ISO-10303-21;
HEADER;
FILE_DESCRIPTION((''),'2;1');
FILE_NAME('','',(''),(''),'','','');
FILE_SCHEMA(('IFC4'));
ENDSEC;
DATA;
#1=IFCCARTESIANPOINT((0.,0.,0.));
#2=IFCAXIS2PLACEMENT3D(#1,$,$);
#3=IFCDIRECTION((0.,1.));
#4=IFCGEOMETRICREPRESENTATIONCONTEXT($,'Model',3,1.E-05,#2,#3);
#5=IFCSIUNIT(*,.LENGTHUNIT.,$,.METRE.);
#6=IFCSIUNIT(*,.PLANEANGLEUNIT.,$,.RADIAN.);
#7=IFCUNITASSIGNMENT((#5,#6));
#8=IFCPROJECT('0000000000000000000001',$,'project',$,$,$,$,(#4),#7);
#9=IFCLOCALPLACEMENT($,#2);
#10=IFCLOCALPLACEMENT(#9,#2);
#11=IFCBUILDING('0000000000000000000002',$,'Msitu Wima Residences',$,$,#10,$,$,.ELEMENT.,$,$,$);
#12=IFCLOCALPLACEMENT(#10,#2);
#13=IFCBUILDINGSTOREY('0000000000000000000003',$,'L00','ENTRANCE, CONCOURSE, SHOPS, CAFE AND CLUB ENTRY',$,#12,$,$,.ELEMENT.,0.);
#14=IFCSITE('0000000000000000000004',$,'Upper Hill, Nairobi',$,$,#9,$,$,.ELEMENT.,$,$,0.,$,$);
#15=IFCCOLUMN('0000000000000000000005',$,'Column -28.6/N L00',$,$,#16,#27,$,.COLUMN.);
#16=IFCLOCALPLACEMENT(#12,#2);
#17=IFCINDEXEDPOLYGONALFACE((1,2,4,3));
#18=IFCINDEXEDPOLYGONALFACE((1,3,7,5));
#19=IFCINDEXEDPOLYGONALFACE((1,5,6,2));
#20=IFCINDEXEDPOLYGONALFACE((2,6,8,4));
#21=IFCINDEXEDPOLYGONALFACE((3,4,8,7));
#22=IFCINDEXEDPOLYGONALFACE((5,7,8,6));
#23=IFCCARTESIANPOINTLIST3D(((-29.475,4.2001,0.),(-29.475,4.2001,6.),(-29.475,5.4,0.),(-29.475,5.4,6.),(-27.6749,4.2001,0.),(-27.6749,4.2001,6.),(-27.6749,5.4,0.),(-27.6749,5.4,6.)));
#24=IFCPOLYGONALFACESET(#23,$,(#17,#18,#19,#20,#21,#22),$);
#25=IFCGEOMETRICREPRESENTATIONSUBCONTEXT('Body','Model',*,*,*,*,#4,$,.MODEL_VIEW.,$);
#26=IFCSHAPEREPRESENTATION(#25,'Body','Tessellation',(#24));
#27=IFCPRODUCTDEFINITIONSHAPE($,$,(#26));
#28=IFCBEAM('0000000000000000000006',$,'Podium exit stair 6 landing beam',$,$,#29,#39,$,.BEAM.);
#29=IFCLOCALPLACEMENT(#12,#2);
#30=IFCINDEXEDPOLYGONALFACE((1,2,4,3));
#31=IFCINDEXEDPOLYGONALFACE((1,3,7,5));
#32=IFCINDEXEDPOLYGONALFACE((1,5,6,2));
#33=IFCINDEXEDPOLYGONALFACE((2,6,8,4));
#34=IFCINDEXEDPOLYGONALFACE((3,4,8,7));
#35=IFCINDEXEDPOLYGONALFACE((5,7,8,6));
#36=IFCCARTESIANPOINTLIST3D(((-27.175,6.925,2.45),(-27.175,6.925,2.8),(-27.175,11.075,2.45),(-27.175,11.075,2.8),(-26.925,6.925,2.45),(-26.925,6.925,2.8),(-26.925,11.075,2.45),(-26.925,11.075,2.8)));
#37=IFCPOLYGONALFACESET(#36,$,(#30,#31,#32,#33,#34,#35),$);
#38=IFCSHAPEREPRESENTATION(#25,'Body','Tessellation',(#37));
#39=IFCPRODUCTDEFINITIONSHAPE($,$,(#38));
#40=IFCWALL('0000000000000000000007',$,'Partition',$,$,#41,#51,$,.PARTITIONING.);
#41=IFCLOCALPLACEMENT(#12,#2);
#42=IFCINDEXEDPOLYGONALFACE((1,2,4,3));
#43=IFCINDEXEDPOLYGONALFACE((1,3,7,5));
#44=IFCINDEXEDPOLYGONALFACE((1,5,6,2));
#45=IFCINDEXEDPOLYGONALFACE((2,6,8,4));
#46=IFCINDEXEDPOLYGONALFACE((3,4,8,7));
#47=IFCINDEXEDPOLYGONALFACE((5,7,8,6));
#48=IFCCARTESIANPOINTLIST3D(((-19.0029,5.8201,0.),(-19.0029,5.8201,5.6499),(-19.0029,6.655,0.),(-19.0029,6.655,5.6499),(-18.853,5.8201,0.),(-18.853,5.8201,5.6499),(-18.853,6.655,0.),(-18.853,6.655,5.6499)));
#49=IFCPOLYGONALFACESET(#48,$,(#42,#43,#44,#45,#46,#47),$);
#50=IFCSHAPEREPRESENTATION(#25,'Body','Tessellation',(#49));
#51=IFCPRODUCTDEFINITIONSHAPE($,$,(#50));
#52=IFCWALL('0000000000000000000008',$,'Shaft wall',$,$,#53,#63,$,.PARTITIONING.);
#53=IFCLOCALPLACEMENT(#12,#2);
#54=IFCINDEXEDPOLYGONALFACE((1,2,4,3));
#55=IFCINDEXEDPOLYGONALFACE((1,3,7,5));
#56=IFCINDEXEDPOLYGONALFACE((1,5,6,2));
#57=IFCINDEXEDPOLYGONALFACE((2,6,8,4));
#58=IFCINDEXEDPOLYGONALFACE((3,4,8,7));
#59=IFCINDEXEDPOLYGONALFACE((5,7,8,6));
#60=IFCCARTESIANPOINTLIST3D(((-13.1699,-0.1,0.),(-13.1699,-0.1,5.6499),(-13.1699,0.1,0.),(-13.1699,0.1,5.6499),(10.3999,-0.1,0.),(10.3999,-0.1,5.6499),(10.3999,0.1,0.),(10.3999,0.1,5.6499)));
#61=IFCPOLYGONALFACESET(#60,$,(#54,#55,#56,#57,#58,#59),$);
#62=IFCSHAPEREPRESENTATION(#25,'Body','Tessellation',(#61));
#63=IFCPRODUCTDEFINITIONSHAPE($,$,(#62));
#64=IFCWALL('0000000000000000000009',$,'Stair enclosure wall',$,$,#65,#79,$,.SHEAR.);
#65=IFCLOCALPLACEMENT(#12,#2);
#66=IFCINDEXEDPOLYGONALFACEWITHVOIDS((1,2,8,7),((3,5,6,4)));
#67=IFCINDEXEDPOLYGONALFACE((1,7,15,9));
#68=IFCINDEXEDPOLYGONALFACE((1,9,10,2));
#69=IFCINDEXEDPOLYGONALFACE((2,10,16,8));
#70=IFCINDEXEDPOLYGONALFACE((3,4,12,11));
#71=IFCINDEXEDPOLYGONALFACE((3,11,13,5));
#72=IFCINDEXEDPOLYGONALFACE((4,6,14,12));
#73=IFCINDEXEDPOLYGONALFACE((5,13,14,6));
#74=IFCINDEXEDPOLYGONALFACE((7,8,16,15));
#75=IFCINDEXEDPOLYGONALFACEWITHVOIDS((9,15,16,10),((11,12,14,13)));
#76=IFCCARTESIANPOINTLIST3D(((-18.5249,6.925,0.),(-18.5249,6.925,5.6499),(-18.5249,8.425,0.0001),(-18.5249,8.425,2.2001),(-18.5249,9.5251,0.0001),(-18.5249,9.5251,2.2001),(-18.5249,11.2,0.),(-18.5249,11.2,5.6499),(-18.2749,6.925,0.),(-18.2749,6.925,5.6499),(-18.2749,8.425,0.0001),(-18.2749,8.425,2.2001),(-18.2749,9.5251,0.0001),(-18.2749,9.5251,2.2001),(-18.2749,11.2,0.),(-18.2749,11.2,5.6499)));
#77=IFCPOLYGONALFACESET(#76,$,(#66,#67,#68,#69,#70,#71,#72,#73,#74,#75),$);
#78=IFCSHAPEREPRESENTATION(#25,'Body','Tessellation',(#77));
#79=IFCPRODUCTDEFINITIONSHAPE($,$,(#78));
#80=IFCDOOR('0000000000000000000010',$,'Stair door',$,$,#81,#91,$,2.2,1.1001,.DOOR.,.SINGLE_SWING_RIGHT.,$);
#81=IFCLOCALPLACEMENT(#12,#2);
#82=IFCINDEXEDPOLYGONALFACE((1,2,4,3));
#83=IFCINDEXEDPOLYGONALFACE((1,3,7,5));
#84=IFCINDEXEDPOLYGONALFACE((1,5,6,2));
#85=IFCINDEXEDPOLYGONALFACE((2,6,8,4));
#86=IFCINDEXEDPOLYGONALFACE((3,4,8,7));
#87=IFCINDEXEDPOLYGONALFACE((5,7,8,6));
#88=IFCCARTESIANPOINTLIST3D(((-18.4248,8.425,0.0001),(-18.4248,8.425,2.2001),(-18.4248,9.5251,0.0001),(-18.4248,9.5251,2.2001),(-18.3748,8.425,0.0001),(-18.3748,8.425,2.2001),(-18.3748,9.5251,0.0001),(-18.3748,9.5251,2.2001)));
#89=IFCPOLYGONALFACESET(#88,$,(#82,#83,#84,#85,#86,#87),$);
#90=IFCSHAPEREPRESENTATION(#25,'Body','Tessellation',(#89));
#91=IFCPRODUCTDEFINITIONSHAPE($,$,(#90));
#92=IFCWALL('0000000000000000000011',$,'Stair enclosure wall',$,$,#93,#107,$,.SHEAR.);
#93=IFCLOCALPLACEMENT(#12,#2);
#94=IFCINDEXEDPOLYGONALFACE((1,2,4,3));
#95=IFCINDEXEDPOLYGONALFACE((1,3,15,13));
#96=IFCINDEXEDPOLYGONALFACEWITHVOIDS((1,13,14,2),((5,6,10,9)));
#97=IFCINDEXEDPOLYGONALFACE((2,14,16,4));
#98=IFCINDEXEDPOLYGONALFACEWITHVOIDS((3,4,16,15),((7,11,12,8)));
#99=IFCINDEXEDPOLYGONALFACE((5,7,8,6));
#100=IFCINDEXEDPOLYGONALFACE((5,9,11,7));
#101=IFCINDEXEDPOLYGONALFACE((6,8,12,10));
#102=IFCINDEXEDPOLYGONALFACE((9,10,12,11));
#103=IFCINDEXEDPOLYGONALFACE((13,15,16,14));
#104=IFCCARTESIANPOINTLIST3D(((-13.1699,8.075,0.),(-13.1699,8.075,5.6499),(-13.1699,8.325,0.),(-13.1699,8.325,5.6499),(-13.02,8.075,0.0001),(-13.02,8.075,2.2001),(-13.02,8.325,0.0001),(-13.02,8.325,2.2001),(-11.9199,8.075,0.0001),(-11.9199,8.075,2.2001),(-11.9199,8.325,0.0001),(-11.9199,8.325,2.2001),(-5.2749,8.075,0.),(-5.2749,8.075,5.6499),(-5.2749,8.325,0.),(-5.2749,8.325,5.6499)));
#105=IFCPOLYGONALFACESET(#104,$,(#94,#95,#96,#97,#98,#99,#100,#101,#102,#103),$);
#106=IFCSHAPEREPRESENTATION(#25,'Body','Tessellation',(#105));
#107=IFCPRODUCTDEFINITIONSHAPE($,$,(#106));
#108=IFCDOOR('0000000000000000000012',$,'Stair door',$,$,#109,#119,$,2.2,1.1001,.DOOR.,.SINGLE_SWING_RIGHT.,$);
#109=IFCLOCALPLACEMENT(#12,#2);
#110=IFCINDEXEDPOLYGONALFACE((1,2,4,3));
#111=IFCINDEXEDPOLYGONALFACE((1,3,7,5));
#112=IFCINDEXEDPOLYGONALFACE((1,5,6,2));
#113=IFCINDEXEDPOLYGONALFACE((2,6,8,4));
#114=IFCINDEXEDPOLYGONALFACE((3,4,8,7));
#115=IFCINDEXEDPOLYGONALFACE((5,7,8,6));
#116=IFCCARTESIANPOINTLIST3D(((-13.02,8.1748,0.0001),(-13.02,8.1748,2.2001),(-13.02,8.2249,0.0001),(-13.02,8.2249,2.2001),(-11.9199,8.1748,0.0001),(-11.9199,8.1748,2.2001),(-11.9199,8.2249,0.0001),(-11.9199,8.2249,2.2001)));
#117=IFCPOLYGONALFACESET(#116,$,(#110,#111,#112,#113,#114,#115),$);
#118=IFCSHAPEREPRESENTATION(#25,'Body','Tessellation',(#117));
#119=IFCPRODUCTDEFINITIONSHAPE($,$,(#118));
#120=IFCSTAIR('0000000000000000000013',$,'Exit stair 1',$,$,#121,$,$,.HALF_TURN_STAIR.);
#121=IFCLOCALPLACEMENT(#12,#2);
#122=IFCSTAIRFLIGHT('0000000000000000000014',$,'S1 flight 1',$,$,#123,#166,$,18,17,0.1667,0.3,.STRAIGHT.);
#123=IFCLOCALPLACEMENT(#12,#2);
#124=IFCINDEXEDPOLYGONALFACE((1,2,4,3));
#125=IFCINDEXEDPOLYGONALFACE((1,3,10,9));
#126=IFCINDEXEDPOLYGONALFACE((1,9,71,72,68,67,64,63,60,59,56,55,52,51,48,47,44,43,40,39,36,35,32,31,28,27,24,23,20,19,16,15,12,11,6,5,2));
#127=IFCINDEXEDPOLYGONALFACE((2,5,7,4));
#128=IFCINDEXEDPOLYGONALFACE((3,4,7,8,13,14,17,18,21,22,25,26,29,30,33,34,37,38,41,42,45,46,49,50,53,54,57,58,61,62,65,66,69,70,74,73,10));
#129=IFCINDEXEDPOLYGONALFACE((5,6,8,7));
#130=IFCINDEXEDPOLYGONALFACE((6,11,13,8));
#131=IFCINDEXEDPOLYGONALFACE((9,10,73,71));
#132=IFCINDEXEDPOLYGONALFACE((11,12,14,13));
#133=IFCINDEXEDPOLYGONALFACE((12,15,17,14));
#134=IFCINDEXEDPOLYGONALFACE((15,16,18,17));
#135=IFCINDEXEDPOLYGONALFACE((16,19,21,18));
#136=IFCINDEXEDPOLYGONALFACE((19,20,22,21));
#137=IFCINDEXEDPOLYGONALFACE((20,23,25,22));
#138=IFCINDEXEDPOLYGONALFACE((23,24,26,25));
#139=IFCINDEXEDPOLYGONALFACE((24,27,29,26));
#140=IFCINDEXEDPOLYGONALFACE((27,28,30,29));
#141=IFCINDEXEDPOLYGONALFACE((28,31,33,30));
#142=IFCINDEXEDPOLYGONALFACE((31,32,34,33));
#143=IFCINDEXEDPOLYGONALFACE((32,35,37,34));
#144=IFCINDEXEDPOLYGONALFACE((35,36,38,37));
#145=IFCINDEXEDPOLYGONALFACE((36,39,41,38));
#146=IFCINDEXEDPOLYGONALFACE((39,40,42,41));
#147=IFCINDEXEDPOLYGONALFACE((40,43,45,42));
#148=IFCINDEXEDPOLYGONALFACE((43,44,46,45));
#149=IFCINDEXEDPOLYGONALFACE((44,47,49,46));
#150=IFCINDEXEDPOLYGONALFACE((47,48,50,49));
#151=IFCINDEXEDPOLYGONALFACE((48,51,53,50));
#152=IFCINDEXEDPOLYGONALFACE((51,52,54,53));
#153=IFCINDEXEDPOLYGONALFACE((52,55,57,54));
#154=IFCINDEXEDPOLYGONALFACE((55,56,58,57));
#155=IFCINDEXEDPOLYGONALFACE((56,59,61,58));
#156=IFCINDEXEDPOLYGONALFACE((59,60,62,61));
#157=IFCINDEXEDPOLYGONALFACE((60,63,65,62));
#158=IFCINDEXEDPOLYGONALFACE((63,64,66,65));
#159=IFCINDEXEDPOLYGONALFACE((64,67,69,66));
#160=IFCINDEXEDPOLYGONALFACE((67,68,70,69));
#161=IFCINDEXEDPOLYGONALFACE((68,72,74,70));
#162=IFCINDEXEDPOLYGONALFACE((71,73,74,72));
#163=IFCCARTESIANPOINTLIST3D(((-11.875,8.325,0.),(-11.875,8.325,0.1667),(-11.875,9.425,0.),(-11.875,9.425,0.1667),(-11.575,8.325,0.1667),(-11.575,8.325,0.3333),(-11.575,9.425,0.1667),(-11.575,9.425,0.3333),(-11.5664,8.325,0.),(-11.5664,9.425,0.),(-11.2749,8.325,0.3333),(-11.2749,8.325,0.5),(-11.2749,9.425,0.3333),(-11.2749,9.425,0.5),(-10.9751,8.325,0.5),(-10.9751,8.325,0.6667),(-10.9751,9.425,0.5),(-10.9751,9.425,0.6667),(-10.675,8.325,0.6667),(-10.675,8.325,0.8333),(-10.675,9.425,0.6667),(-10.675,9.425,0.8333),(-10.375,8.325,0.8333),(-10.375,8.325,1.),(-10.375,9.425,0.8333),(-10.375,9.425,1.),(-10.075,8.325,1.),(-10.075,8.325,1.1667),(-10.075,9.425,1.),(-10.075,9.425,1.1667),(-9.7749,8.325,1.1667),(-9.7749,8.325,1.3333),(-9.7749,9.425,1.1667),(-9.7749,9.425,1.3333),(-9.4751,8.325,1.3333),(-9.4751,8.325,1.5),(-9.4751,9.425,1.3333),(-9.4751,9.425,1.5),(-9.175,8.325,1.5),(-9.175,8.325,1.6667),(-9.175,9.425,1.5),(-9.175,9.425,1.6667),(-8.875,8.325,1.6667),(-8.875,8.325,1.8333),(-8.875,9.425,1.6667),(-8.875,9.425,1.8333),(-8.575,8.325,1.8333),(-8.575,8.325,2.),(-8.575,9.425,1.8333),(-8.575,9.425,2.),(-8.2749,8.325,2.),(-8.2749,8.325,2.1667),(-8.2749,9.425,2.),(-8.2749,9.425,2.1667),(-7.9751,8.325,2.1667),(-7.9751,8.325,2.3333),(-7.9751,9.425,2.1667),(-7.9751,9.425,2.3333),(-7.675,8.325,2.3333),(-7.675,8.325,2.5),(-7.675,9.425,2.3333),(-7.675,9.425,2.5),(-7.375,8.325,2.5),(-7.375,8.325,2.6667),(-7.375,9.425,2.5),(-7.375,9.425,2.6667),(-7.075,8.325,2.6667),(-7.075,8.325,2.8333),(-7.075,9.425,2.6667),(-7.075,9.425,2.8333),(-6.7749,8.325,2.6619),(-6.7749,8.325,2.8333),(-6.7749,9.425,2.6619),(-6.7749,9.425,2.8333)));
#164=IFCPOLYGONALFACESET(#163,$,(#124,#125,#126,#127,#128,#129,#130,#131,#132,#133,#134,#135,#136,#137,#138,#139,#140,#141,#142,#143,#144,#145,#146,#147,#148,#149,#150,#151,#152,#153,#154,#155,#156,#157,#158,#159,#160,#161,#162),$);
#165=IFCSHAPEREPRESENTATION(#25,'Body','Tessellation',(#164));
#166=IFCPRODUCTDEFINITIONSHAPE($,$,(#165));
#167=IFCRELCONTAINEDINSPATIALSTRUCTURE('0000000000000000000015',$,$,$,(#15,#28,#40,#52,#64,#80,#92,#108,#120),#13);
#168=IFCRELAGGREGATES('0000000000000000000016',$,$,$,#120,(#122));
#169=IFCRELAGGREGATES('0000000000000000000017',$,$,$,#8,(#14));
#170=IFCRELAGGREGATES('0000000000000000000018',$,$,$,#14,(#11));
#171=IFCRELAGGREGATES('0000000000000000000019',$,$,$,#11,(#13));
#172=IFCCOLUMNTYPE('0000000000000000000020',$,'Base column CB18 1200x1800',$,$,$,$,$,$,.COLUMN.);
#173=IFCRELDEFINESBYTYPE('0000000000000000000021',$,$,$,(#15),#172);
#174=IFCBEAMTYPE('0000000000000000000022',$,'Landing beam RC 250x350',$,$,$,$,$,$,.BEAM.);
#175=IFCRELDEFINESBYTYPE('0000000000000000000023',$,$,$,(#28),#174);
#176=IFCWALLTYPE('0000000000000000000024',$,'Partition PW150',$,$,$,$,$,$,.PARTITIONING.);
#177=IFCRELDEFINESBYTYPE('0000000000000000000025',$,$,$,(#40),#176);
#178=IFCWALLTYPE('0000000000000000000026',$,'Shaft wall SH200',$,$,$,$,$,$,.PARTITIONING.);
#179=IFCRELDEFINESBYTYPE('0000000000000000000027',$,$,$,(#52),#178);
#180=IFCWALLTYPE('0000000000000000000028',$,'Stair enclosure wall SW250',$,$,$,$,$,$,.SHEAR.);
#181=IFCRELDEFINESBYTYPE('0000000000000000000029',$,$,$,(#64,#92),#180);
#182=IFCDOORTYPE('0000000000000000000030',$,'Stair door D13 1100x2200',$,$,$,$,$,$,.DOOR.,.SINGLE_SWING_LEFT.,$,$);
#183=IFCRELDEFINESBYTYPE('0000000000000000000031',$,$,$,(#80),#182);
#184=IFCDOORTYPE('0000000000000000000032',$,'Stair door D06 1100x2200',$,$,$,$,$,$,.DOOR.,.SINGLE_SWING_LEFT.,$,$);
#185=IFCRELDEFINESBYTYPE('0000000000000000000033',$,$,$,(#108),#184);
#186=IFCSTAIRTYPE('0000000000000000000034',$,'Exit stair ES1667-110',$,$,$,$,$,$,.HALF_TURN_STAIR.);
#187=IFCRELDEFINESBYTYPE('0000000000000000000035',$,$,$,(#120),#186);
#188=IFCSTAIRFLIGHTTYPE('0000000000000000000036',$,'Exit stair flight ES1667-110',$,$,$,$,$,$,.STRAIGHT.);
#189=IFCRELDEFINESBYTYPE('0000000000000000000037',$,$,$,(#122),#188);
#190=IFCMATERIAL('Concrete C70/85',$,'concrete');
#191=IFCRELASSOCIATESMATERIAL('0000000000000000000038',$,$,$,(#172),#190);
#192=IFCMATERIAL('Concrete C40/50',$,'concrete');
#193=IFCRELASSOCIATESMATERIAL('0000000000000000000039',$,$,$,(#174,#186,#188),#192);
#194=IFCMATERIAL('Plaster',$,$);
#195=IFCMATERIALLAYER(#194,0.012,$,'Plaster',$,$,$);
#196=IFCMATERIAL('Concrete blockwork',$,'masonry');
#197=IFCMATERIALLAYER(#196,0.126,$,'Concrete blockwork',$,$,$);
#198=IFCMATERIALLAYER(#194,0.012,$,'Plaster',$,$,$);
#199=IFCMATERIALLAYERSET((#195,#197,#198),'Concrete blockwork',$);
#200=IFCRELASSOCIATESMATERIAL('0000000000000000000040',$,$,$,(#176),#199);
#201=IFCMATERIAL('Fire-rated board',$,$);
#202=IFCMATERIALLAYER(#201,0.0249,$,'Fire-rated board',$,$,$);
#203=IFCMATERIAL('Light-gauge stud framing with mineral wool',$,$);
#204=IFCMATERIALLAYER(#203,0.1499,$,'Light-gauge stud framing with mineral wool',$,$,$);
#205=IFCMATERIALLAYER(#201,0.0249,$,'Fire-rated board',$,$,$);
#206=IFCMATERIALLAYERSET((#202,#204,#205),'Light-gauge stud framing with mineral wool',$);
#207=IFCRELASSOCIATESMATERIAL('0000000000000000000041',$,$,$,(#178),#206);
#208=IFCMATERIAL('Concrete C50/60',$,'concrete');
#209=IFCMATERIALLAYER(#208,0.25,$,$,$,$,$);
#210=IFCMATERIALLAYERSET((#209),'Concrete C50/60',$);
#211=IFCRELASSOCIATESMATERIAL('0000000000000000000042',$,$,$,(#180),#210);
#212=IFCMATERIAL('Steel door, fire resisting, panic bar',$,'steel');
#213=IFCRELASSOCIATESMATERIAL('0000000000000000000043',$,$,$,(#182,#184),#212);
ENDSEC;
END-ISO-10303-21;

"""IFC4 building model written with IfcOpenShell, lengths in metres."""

from ifc_helpers import new_model, si_unit, direction, frame, frame_2d, origin, origin_2d, place, context, subcontext, project, spatial, polyline, rectangle, outline, extrude, material, layer, layer_set, material_profile, profile_set, type_object, element, fill, aggregate, save


model = new_model("IFC4")

# Units and contexts
model_context = context("Model", 3, precision=1e-05, world=origin(), true_north=direction((0.0, 1.0)))
body_context = subcontext(model_context, "Body", "Model", "MODEL_VIEW")
ifc_project = project(units=[si_unit("LENGTHUNIT", "METRE"), si_unit("PLANEANGLEUNIT", "RADIAN")], contexts=[model_context])

# Site, building, storey
site_placement = place(None, origin())
site = spatial("IfcSite", under=ifc_project, at=site_placement, Name="Upper Hill, Nairobi", CompositionType="ELEMENT", RefElevation=0.0)
building_placement = place(site_placement, origin())
building = spatial("IfcBuilding", under=site, at=building_placement, Name="Msitu Wima Residences", CompositionType="ELEMENT")
storey_placement = place(building_placement, origin())
storey = spatial("IfcBuildingStorey", under=building, at=storey_placement, Name="L00", Description="ENTRANCE, CONCOURSE, SHOPS, CAFE AND CLUB ENTRY", CompositionType="ELEMENT", Elevation=0.0)

# Column
ifc_material_1 = material(Name="Concrete C70/85", Category="concrete")
ifc_material_profile_1 = material_profile(ifc_material_1, rectangle(XDim=1.2, YDim=1.8, at=origin_2d()), Name="RC 1200x1800")
ifc_profile_set_1 = profile_set([ifc_material_profile_1], Name="Concrete C70/85")
column_type = type_object("IfcColumnType", Name="Base column CB18 1200x1800", PredefinedType="COLUMN", material=ifc_profile_set_1)
column_placement = place(storey_placement, frame((-28.575, 4.8, 0.0), z_axis=(0.0, 0.0, 1.0), x_axis=(0.0, -1.0, 0.0)))
element("IfcColumn", 1, at=column_placement, inside=storey, type_object=column_type, Name="Column -28.6/N L00", PredefinedType="COLUMN", context=body_context, shape_type="SweptSolid", body=[
    extrude(rectangle(XDim=1.2, YDim=1.8, at=origin_2d()), origin(), (0.0, 0.0, 1.0), 6.0),
])

# Beam
ifc_material_2 = material(Name="Concrete C40/50", Category="concrete")
ifc_material_profile_2 = material_profile(ifc_material_2, rectangle(XDim=0.25, YDim=0.3501, at=origin_2d()), Name="RC 250x350")
ifc_profile_set_2 = profile_set([ifc_material_profile_2], Name="Concrete C40/50")
beam_type = type_object("IfcBeamType", Name="Landing beam RC 250x350", PredefinedType="BEAM", material=ifc_profile_set_2)
beam_placement = place(storey_placement, frame((-27.05, 6.925, 2.625), z_axis=(0.0, 1.0, 0.0), x_axis=(-1.0, 0.0, 0.0)))
element("IfcBeam", 2, at=beam_placement, inside=storey, type_object=beam_type, Name="Podium exit stair 6 landing beam", PredefinedType="BEAM", context=body_context, shape_type="SweptSolid", body=[
    extrude(rectangle(XDim=0.25, YDim=0.3501, at=origin_2d()), origin(), (0.0, 0.0, 1.0), 4.1499),
])

# Walls
ifc_material_3 = material(Name="Plaster")
ifc_layer_1 = layer(ifc_material_3, 0.012, Name="Plaster")
ifc_material_4 = material(Name="Concrete blockwork", Category="masonry")
ifc_layer_2 = layer(ifc_material_4, 0.126, Name="Concrete blockwork")
ifc_layer_3 = layer(ifc_material_3, 0.012, Name="Plaster")
ifc_layer_set_1 = layer_set([ifc_layer_1, ifc_layer_2, ifc_layer_3], Name="Concrete blockwork")
wall_type_1 = type_object("IfcWallType", Name="Partition PW150", PredefinedType="PARTITIONING", material=ifc_layer_set_1)
wall_1_placement = place(storey_placement, frame((-18.928, 5.8201, 0.0), z_axis=(0.0, 0.0, 1.0), x_axis=(0.0, 1.0, 0.0)))
element("IfcWall", 3, at=wall_1_placement, inside=storey, type_object=wall_type_1, Name="Partition", PredefinedType="PARTITIONING", context=body_context, shape_type="SweptSolid", body=[
    extrude(rectangle(XDim=0.835, YDim=0.1499, at=frame_2d((0.4175, 0.0))), origin(), (0.0, 0.0, 1.0), 5.6499),
])
ifc_material_5 = material(Name="Fire-rated board")
ifc_layer_4 = layer(ifc_material_5, 0.0249, Name="Fire-rated board")
ifc_material_6 = material(Name="Light-gauge stud framing with mineral wool")
ifc_layer_5 = layer(ifc_material_6, 0.1499, Name="Light-gauge stud framing with mineral wool")
ifc_layer_6 = layer(ifc_material_5, 0.0249, Name="Fire-rated board")
ifc_layer_set_2 = layer_set([ifc_layer_4, ifc_layer_5, ifc_layer_6], Name="Light-gauge stud framing with mineral wool")
wall_type_2 = type_object("IfcWallType", Name="Shaft wall SH200", PredefinedType="PARTITIONING", material=ifc_layer_set_2)
wall_2_placement = place(storey_placement, frame((-13.1699, 0.0, 0.0), z_axis=(0.0, 0.0, 1.0), x_axis=(1.0, 0.0, 0.0)))
element("IfcWall", 4, at=wall_2_placement, inside=storey, type_object=wall_type_2, Name="Shaft wall", PredefinedType="PARTITIONING", context=body_context, shape_type="SweptSolid", body=[
    extrude(rectangle(XDim=23.5698, YDim=0.2, at=frame_2d((11.7849, 0.0))), origin(), (0.0, 0.0, 1.0), 5.6499),
])

# Walls, openings, doors
ifc_material_7 = material(Name="Concrete C50/60", Category="concrete")
ifc_layer_7 = layer(ifc_material_7, 0.25)
ifc_layer_set_3 = layer_set([ifc_layer_7], Name="Concrete C50/60")
wall_type_3 = type_object("IfcWallType", Name="Stair enclosure wall SW250", PredefinedType="SHEAR", material=ifc_layer_set_3)
wall_3_placement = place(storey_placement, frame((-18.3999, 6.925, 0.0), z_axis=(0.0, 0.0, 1.0), x_axis=(0.0, 1.0, 0.0)))
wall_3 = element("IfcWall", 5, at=wall_3_placement, inside=storey, type_object=wall_type_3, Name="Stair enclosure wall", PredefinedType="SHEAR", context=body_context, shape_type="SweptSolid", body=[
    extrude(rectangle(XDim=4.2749, YDim=0.25, at=frame_2d((2.1375, 0.0))), origin(), (0.0, 0.0, 1.0), 5.6499),
])
opening_1_placement = place(wall_3_placement, frame((1.5, 0.0, 0.0)))
opening_1 = element("IfcOpeningElement", 6, at=opening_1_placement, cuts=wall_3, PredefinedType="OPENING", context=body_context, shape_type="SweptSolid", body=[
    extrude(rectangle(XDim=1.1001, YDim=2.2, at=frame_2d((0.55, 1.1001))), frame((0.0, 0.135, 0.0), z_axis=(0.0, -1.0, 0.0), x_axis=(1.0, 0.0, 0.0)), (0.0, 0.0, 1.0), 0.27),
])
ifc_material_8 = material(Name="Steel door, fire resisting, panic bar", Category="steel")
door_type_1 = type_object("IfcDoorType", Name="Stair door D13 1100x2200", OperationType="SINGLE_SWING_LEFT", PredefinedType="DOOR", material=ifc_material_8)
door_1_placement = place(opening_1_placement, origin())
door_1 = element("IfcDoor", 7, at=door_1_placement, inside=storey, type_object=door_type_1, Name="Stair door", OperationType="SINGLE_SWING_RIGHT", OverallHeight=2.2, OverallWidth=1.1001, PredefinedType="DOOR", context=body_context, shape_type="SweptSolid", body=[
    extrude(rectangle(XDim=1.1001, YDim=2.2, at=frame_2d((0.55, 1.1001))), frame((0.0, 0.0249, 0.0), z_axis=(0.0, -1.0, 0.0), x_axis=(1.0, 0.0, 0.0)), (0.0, 0.0, 1.0), 0.05),
])
fill(opening_1, door_1)
wall_4_placement = place(storey_placement, frame((-13.1699, 8.2, 0.0), z_axis=(0.0, 0.0, 1.0), x_axis=(1.0, 0.0, 0.0)))
wall_4 = element("IfcWall", 8, at=wall_4_placement, inside=storey, type_object=wall_type_3, Name="Stair enclosure wall", PredefinedType="SHEAR", context=body_context, shape_type="SweptSolid", body=[
    extrude(rectangle(XDim=7.895, YDim=0.25, at=frame_2d((3.9475, 0.0))), origin(), (0.0, 0.0, 1.0), 5.6499),
])
opening_2_placement = place(wall_4_placement, frame((0.1499, 0.0, 0.0)))
opening_2 = element("IfcOpeningElement", 9, at=opening_2_placement, cuts=wall_4, PredefinedType="OPENING", context=body_context, shape_type="SweptSolid", body=[
    extrude(rectangle(XDim=1.1001, YDim=2.2, at=frame_2d((0.55, 1.1001))), frame((0.0, 0.135, 0.0), z_axis=(0.0, -1.0, 0.0), x_axis=(1.0, 0.0, 0.0)), (0.0, 0.0, 1.0), 0.27),
])
door_type_2 = type_object("IfcDoorType", Name="Stair door D06 1100x2200", OperationType="SINGLE_SWING_LEFT", PredefinedType="DOOR", material=ifc_material_8)
door_2_placement = place(opening_2_placement, origin())
door_2 = element("IfcDoor", 10, at=door_2_placement, inside=storey, type_object=door_type_2, Name="Stair door", OperationType="SINGLE_SWING_RIGHT", OverallHeight=2.2, OverallWidth=1.1001, PredefinedType="DOOR", context=body_context, shape_type="SweptSolid", body=[
    extrude(rectangle(XDim=1.1001, YDim=2.2, at=frame_2d((0.55, 1.1001))), frame((0.0, 0.0249, 0.0), z_axis=(0.0, -1.0, 0.0), x_axis=(1.0, 0.0, 0.0)), (0.0, 0.0, 1.0), 0.05),
])
fill(opening_2, door_2)

# Stair, stair flight
stair_type_1 = type_object("IfcStairType", Name="Exit stair ES1667-110", PredefinedType="HALF_TURN_STAIR", material=ifc_material_2)
stair_1_placement = place(storey_placement, origin())
stair_1 = element("IfcStair", 11, at=stair_1_placement, inside=storey, type_object=stair_type_1, Name="Exit stair 1", PredefinedType="HALF_TURN_STAIR")
stair_flight_type_1 = type_object("IfcStairFlightType", Name="Exit stair flight ES1667-110", PredefinedType="STRAIGHT", material=ifc_material_2)
stair_flight_1_placement = place(storey_placement, frame((-11.875, 8.875, 0.0), z_axis=(0.0, 0.0, 1.0), x_axis=(1.0, 0.0, 0.0)))
stair_flight_1 = element("IfcStairFlight", 12, at=stair_flight_1_placement, type_object=stair_flight_type_1, Name="S1 flight 1", NumberOfRisers=18, NumberOfTreads=17, PredefinedType="STRAIGHT", RiserHeight=0.1667, TreadLength=0.3, context=body_context, shape_type="SweptSolid", body=[
    extrude(outline(polyline([(0.0, 0.0), (0.0, 0.1667), (0.3, 0.1667), (0.3, 0.3333), (0.6001, 0.3333), (0.6001, 0.5), (0.8999, 0.5), (0.8999, 0.6667), (1.2, 0.6667), (1.2, 0.8333), (1.5, 0.8333), (1.5, 1.0), (1.8, 1.0), (1.8, 1.1667), (2.1001, 1.1667), (2.1001, 1.3333), (2.3999, 1.3333), (2.3999, 1.5), (2.7, 1.5), (2.7, 1.6667), (3.0, 1.6667), (3.0, 1.8333), (3.3, 1.8333), (3.3, 2.0), (3.6001, 2.0), (3.6001, 2.1667), (3.8999, 2.1667), (3.8999, 2.3333), (4.2, 2.3333), (4.2, 2.5), (4.5, 2.5), (4.5, 2.6667), (4.8, 2.6667), (4.8, 2.8333), (5.1001, 2.8333), (5.1001, 3.0), (5.1001, 2.6619), (0.3086, 0.0), (0.0, 0.0)])), frame((0.0, 0.55, 0.0), z_axis=(0.0, -1.0, 0.0), x_axis=(1.0, 0.0, 0.0)), (0.0, 0.0, 1.0), 1.1001),
])
aggregate(stair_1, [stair_flight_1])

save(model, "model.ifc")
